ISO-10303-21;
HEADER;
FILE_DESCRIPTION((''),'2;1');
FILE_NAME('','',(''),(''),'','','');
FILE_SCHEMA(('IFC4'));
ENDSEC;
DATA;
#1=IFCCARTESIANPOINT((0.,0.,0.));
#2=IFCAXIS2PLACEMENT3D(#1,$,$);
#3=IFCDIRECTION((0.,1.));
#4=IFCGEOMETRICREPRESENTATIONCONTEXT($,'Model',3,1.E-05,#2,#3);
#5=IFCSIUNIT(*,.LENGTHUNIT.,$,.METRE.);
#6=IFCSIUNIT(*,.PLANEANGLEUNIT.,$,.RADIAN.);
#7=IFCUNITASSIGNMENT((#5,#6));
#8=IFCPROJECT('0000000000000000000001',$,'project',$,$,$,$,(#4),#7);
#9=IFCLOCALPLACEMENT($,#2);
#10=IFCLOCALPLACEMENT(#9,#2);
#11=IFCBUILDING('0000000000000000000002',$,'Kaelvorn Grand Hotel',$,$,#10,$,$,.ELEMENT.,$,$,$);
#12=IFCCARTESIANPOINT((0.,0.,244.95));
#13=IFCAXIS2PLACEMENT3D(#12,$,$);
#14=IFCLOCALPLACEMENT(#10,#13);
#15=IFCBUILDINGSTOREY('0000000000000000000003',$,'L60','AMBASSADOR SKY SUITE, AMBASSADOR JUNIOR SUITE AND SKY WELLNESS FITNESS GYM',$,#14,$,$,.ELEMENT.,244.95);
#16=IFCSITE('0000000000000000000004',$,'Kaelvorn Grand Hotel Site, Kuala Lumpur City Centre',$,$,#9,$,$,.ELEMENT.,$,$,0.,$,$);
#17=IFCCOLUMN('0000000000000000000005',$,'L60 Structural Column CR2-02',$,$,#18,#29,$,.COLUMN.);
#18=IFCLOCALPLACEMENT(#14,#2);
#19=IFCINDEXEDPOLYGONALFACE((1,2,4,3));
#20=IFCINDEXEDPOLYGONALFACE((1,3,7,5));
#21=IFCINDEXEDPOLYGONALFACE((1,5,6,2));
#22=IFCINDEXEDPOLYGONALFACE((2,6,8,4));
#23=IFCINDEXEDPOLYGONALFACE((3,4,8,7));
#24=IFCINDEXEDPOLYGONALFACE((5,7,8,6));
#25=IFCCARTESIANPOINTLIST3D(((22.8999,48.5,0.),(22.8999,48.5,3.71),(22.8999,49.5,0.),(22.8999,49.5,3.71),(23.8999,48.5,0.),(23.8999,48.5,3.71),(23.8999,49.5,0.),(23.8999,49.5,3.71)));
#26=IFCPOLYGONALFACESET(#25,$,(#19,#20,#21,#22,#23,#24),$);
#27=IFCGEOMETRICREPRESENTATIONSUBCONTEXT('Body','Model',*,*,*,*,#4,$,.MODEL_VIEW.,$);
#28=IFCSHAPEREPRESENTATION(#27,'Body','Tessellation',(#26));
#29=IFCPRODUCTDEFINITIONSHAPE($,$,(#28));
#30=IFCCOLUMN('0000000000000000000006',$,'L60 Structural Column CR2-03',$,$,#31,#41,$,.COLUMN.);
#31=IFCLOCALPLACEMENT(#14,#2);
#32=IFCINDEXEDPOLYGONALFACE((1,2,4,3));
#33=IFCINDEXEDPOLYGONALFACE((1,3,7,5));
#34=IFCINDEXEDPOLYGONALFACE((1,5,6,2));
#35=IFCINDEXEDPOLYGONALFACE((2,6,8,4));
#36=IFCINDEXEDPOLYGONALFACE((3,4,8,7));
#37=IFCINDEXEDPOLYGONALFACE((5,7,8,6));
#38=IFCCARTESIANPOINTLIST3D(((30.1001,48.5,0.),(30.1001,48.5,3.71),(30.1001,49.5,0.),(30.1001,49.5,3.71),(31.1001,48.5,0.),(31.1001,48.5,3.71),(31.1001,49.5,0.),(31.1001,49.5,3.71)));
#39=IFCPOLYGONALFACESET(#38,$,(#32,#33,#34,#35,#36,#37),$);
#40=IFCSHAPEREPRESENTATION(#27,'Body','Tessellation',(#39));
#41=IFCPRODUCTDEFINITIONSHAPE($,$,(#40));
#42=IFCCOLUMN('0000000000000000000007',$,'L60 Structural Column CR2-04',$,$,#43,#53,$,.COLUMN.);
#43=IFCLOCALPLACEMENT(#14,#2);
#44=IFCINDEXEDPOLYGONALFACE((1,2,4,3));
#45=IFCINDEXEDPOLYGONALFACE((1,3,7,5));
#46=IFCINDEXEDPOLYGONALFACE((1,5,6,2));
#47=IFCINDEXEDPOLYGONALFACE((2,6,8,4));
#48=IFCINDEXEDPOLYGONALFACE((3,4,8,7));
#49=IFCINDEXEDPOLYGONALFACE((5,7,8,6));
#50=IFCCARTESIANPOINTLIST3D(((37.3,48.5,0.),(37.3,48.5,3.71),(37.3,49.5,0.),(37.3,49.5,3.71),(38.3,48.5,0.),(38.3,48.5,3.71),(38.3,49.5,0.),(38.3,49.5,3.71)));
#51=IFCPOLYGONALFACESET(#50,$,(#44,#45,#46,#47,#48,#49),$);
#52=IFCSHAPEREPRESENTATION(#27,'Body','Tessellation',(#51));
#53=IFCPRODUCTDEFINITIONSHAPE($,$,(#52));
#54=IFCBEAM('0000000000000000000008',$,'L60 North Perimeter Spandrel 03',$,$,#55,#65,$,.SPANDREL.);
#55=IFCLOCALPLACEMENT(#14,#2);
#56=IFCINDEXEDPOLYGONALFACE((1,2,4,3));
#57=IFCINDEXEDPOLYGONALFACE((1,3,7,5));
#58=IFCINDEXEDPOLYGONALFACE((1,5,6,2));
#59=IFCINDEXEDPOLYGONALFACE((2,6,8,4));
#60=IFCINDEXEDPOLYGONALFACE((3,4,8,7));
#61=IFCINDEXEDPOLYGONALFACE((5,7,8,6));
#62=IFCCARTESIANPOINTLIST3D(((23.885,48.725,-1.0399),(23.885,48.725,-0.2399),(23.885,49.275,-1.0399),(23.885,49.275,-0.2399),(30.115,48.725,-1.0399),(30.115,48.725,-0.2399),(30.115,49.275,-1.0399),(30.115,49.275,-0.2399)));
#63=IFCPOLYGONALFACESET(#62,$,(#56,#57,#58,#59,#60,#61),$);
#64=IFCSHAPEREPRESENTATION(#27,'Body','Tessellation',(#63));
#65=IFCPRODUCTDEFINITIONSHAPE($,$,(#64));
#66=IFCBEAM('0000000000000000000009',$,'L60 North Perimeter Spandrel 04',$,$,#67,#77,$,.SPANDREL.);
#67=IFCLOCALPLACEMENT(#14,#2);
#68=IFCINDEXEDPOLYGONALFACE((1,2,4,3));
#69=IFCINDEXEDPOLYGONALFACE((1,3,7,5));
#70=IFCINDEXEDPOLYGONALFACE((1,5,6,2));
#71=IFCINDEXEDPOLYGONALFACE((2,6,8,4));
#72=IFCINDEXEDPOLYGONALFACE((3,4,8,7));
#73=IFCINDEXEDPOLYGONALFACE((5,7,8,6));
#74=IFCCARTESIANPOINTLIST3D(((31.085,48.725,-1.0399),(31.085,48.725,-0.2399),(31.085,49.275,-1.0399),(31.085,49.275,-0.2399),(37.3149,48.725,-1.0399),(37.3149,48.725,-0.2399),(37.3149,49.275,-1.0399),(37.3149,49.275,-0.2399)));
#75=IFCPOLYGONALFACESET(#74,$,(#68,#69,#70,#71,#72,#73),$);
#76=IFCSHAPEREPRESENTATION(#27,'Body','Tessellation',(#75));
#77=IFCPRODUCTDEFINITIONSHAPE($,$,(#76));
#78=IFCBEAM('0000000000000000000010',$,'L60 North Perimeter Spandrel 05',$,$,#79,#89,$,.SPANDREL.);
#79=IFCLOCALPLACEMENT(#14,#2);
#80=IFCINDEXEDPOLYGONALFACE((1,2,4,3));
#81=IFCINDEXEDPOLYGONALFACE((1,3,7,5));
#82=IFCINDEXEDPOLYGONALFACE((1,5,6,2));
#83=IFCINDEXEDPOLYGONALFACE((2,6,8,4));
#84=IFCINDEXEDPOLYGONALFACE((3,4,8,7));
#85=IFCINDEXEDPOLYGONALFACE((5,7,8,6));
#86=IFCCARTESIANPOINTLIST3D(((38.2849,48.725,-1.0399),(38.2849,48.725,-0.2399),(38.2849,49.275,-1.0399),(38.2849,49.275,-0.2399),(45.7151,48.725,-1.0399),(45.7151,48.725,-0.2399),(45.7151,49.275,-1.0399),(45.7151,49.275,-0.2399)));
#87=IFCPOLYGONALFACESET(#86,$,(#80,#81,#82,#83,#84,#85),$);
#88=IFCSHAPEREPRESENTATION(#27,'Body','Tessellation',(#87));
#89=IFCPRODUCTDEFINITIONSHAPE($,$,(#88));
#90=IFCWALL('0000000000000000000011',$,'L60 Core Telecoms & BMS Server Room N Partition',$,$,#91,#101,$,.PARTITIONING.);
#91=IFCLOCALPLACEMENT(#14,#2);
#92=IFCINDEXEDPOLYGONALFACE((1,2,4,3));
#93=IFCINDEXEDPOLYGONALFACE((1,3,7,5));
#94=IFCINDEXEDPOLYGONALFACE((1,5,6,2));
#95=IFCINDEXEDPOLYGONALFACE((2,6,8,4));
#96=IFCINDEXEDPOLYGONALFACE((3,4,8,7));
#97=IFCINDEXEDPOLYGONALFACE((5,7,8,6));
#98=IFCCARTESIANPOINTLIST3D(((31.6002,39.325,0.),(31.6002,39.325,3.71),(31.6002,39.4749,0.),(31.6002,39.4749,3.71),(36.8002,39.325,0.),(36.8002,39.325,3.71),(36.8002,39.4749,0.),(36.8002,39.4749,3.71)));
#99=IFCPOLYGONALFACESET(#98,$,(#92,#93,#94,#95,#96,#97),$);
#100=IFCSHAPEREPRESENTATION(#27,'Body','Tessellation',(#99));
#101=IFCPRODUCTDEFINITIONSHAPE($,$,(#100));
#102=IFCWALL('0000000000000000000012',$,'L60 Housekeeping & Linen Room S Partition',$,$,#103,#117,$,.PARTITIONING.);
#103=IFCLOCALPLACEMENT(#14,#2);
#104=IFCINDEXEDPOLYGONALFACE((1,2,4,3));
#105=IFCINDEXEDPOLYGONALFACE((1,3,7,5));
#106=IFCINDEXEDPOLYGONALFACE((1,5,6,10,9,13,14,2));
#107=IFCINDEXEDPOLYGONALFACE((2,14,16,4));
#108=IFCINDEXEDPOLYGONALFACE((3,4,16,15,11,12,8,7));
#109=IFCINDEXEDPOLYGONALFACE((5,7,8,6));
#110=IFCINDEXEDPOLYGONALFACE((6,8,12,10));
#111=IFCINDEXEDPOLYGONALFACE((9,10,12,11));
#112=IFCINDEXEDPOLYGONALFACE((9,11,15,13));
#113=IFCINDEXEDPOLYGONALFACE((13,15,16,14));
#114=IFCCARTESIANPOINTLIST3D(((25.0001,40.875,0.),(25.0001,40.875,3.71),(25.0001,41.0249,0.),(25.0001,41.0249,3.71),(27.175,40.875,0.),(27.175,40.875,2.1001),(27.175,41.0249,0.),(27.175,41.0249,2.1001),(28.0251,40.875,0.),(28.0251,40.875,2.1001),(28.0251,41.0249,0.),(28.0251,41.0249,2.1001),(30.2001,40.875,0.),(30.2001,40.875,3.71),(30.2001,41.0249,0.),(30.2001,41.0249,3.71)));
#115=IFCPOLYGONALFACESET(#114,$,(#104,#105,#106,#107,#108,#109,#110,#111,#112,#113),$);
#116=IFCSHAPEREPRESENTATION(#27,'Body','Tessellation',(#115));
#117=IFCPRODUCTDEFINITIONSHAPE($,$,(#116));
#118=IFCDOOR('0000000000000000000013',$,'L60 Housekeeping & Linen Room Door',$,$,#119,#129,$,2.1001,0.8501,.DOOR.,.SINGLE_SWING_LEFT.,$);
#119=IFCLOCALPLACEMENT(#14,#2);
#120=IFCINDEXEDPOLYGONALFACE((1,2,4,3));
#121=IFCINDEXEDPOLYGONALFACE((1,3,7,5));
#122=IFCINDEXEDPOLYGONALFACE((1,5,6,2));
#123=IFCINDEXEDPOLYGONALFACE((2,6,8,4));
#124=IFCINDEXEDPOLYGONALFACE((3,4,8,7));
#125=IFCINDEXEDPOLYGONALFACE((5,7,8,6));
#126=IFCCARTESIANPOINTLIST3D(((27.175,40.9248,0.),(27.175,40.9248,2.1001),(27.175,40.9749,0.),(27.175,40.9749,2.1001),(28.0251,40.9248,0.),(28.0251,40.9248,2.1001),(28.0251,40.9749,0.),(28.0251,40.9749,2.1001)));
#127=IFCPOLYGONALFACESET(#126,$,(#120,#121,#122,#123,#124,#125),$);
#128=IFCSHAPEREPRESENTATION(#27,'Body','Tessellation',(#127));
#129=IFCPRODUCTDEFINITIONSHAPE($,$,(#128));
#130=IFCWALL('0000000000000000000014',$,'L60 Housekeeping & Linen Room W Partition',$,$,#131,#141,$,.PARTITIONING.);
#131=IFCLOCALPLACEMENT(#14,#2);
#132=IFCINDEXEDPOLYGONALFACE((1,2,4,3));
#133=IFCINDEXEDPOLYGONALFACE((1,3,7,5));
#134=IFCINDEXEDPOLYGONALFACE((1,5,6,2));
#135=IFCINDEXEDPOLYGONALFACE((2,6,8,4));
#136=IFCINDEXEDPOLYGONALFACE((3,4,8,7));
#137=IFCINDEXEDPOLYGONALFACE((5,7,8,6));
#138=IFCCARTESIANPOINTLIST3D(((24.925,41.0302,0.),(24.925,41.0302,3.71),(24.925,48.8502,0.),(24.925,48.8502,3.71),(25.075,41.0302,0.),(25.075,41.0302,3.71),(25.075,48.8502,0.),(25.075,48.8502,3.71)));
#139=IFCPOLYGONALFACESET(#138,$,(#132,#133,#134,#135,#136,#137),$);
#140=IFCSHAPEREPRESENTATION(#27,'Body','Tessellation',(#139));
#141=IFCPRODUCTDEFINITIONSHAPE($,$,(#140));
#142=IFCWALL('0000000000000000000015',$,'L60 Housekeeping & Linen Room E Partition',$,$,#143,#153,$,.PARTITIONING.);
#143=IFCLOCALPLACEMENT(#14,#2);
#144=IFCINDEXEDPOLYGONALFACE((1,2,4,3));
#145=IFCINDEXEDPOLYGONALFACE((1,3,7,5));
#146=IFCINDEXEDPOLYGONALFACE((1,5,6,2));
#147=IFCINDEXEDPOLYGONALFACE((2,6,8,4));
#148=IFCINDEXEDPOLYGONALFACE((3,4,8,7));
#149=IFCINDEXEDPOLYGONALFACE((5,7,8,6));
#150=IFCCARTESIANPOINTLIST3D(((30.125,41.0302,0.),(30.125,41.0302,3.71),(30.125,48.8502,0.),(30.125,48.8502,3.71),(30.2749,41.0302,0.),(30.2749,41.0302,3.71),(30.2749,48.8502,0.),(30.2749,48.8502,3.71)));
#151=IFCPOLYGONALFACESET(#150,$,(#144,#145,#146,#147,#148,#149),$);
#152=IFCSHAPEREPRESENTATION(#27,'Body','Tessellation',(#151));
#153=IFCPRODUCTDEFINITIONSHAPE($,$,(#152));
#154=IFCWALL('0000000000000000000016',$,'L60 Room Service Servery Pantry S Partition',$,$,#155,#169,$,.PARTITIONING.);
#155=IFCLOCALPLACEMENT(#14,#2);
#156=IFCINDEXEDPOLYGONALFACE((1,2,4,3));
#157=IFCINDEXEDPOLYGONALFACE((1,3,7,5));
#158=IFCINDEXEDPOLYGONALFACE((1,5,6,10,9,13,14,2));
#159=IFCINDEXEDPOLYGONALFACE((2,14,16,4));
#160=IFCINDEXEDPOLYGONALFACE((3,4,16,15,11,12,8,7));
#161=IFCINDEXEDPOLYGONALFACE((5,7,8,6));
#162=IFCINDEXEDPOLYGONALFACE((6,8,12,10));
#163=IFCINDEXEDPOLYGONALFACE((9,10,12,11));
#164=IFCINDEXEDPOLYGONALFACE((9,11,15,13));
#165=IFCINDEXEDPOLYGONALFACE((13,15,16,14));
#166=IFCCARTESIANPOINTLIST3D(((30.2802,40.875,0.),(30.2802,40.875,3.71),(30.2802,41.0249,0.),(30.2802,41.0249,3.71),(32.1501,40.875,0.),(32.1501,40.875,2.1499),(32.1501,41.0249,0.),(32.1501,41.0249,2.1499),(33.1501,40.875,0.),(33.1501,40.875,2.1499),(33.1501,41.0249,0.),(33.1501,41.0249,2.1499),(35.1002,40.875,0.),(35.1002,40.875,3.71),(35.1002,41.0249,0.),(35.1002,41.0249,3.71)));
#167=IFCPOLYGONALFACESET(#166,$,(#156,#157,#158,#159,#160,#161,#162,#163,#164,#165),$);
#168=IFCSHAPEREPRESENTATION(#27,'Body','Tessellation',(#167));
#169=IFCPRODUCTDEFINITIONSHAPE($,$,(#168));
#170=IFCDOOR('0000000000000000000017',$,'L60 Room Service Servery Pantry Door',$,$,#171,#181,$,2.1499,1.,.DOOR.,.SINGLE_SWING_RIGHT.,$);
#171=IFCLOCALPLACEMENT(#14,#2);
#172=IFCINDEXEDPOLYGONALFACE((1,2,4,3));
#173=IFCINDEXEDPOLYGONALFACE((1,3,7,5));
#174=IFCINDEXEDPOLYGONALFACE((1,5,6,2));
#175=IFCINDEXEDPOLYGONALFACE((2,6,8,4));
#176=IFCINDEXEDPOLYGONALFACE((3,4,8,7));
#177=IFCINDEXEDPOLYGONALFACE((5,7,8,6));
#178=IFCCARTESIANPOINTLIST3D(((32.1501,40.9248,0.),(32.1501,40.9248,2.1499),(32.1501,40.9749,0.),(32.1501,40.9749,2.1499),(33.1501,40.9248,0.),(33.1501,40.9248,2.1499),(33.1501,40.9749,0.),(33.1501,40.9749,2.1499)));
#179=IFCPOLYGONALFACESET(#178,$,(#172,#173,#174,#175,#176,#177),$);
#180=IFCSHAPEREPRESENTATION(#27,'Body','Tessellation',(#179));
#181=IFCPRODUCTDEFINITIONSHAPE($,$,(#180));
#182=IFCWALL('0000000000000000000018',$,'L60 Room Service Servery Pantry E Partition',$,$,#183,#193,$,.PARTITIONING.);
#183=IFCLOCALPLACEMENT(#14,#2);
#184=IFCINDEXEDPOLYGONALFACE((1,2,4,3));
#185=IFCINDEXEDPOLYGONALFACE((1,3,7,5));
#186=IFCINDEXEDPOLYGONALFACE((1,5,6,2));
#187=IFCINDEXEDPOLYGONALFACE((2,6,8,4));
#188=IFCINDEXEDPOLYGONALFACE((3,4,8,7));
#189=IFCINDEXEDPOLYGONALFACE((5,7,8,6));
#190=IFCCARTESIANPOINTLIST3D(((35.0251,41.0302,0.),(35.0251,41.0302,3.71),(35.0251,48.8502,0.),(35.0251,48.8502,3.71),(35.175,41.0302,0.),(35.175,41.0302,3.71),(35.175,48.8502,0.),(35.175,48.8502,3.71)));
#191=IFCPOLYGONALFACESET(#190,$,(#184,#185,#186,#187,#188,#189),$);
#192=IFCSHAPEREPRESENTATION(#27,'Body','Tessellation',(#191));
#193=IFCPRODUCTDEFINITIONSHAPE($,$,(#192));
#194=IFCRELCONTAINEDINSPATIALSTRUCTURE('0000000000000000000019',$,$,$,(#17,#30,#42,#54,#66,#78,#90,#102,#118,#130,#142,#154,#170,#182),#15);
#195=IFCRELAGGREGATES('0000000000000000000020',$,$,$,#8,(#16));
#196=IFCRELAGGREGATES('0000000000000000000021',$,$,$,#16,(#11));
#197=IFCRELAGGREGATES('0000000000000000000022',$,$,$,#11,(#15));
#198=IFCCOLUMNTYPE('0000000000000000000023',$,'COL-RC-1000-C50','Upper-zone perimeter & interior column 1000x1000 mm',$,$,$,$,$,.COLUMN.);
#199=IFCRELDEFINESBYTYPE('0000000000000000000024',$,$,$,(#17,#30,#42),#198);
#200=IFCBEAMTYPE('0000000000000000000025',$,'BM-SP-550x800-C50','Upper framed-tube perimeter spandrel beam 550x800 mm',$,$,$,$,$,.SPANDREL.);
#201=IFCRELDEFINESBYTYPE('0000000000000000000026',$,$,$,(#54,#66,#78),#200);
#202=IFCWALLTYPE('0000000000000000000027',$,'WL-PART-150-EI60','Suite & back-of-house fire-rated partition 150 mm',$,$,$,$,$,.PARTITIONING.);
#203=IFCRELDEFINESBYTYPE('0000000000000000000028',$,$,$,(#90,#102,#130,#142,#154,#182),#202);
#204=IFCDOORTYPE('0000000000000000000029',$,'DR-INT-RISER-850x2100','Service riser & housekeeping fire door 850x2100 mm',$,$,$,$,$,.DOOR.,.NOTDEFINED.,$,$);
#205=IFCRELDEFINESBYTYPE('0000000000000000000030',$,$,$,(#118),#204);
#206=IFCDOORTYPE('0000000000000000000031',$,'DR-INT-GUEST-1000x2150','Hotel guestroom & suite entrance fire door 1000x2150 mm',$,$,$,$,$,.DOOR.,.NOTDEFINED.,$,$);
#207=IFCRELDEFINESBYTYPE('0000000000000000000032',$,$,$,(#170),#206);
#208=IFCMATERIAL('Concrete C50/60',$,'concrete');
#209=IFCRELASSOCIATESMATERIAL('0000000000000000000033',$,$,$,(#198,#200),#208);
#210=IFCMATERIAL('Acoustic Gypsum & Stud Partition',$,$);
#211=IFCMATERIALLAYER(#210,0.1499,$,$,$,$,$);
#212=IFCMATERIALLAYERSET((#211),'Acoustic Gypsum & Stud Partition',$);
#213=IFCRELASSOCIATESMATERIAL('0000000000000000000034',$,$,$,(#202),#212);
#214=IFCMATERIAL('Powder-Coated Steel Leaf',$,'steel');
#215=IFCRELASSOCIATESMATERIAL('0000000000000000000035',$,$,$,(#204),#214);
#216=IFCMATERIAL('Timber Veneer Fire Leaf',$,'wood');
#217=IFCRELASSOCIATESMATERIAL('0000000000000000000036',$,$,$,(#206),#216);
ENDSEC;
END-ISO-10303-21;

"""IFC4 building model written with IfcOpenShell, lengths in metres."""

from ifc_helpers import new_model, si_unit, direction, frame, frame_2d, origin, origin_2d, place, context, subcontext, project, spatial, rectangle, extrude, material, layer, layer_set, material_profile, profile_set, type_object, element, fill, save


model = new_model("IFC4")

# Units and contexts
model_context = context("Model", 3, precision=1e-05, world=origin(), true_north=direction((0.0, 1.0)))
body_context = subcontext(model_context, "Body", "Model", "MODEL_VIEW")
ifc_project = project(units=[si_unit("LENGTHUNIT", "METRE"), si_unit("PLANEANGLEUNIT", "RADIAN")], contexts=[model_context])

# Site, building, storey
site_placement = place(None, origin())
site = spatial("IfcSite", under=ifc_project, at=site_placement, Name="Kaelvorn Grand Hotel Site, Kuala Lumpur City Centre", CompositionType="ELEMENT", RefElevation=0.0)
building_placement = place(site_placement, origin())
building = spatial("IfcBuilding", under=site, at=building_placement, Name="Kaelvorn Grand Hotel", CompositionType="ELEMENT")
storey_placement = place(building_placement, frame((0.0, 0.0, 244.95)))
storey = spatial("IfcBuildingStorey", under=building, at=storey_placement, Name="L60", Description="AMBASSADOR SKY SUITE, AMBASSADOR JUNIOR SUITE AND SKY WELLNESS FITNESS GYM", CompositionType="ELEMENT", Elevation=244.95)

# Columns
ifc_material_1 = material(Name="Concrete C50/60", Category="concrete")
ifc_material_profile_1 = material_profile(ifc_material_1, rectangle(XDim=1.0, YDim=1.0, at=origin_2d()), Name="RC COL 1000x1000")
ifc_profile_set_1 = profile_set([ifc_material_profile_1], Name="Concrete C50/60")
column_type = type_object("IfcColumnType", Name="COL-RC-1000-C50", Description="Upper-zone perimeter & interior column 1000x1000 mm", PredefinedType="COLUMN", material=ifc_profile_set_1)
for number, where, z_axis, x_axis, name in (
    (1, (23.3999, 49.0, 0.0), (0.0, 0.0, 1.0), (1.0, 0.0, 0.0), "L60 Structural Column CR2-02"),
    (2, (30.6001, 49.0, 0.0), (0.0, 0.0, 1.0), (1.0, 0.0, 0.0), "L60 Structural Column CR2-03"),
    (3, (37.8, 49.0, 0.0), (0.0, 0.0, 1.0), (1.0, 0.0, 0.0), "L60 Structural Column CR2-04"),
):
    element("IfcColumn", number, at=place(storey_placement, frame(where, z_axis=z_axis, x_axis=x_axis)), inside=storey, type_object=column_type, Name=name, PredefinedType="COLUMN", context=body_context, shape_type="SweptSolid", body=[
        extrude(rectangle(XDim=1.0, YDim=1.0, at=origin_2d()), origin(), (0.0, 0.0, 1.0), 3.71),
    ])

# Beams
ifc_material_profile_2 = material_profile(ifc_material_1, rectangle(XDim=0.55, YDim=0.8, at=origin_2d()), Name="RC SPANDREL 550x800")
ifc_profile_set_2 = profile_set([ifc_material_profile_2], Name="Concrete C50/60")
beam_type = type_object("IfcBeamType", Name="BM-SP-550x800-C50", Description="Upper framed-tube perimeter spandrel beam 550x800 mm", PredefinedType="SPANDREL", material=ifc_profile_set_2)
for number, where, z_axis, x_axis, name in (
    (4, (23.885, 49.0, -0.6399), (1.0, 0.0, 0.0), (0.0, 1.0, 0.0), "L60 North Perimeter Spandrel 03"),
    (5, (31.085, 49.0, -0.6399), (1.0, 0.0, 0.0), (0.0, 1.0, 0.0), "L60 North Perimeter Spandrel 04"),
):
    element("IfcBeam", number, at=place(storey_placement, frame(where, z_axis=z_axis, x_axis=x_axis)), inside=storey, type_object=beam_type, Name=name, PredefinedType="SPANDREL", context=body_context, shape_type="SweptSolid", body=[
        extrude(rectangle(XDim=0.55, YDim=0.8, at=origin_2d()), origin(), (0.0, 0.0, 1.0), 6.23),
    ])
beam_placement = place(storey_placement, frame((38.2849, 49.0, -0.6399), z_axis=(1.0, 0.0, 0.0), x_axis=(0.0, 1.0, 0.0)))
element("IfcBeam", 6, at=beam_placement, inside=storey, type_object=beam_type, Name="L60 North Perimeter Spandrel 05", PredefinedType="SPANDREL", context=body_context, shape_type="SweptSolid", body=[
    extrude(rectangle(XDim=0.55, YDim=0.8, at=origin_2d()), origin(), (0.0, 0.0, 1.0), 7.4302),
])

# Wall
ifc_material_2 = material(Name="Acoustic Gypsum & Stud Partition")
ifc_layer_1 = layer(ifc_material_2, 0.1499)
ifc_layer_set_1 = layer_set([ifc_layer_1], Name="Acoustic Gypsum & Stud Partition")
wall_type_1 = type_object("IfcWallType", Name="WL-PART-150-EI60", Description="Suite & back-of-house fire-rated partition 150 mm", PredefinedType="PARTITIONING", material=ifc_layer_set_1)
wall_1_placement = place(storey_placement, frame((31.6001, 39.3999, 0.0), z_axis=(0.0, 0.0, 1.0), x_axis=(1.0, 0.0, 0.0)))
element("IfcWall", 7, at=wall_1_placement, inside=storey, type_object=wall_type_1, Name="L60 Core Telecoms & BMS Server Room N Partition", PredefinedType="PARTITIONING", context=body_context, shape_type="SweptSolid", body=[
    extrude(rectangle(XDim=5.2, YDim=0.1499, at=frame_2d((2.6001, 0.0))), origin(), (0.0, 0.0, 1.0), 3.71),
])

# Wall, opening, door
wall_2_placement = place(storey_placement, frame((25.0, 40.95, 0.0), z_axis=(0.0, 0.0, 1.0), x_axis=(1.0, 0.0, 0.0)))
wall_2 = element("IfcWall", 8, at=wall_2_placement, inside=storey, type_object=wall_type_1, Name="L60 Housekeeping & Linen Room S Partition", PredefinedType="PARTITIONING", context=body_context, shape_type="SweptSolid", body=[
    extrude(rectangle(XDim=5.2, YDim=0.1499, at=frame_2d((2.6001, 0.0))), origin(), (0.0, 0.0, 1.0), 3.71),
])
opening_1_placement = place(wall_2_placement, frame((2.175, 0.0, 0.0)))
opening_1 = element("IfcOpeningElement", 9, at=opening_1_placement, cuts=wall_2, PredefinedType="OPENING", context=body_context, shape_type="SweptSolid", body=[
    extrude(rectangle(XDim=0.8501, YDim=2.1001, at=frame_2d((0.425, 1.05))), frame((0.0, 0.085, 0.0), z_axis=(0.0, -1.0, 0.0), x_axis=(1.0, 0.0, 0.0)), (0.0, 0.0, 1.0), 0.1699),
])
ifc_material_3 = material(Name="Powder-Coated Steel Leaf", Category="steel")
door_type_1 = type_object("IfcDoorType", Name="DR-INT-RISER-850x2100", Description="Service riser & housekeeping fire door 850x2100 mm", OperationType="NOTDEFINED", PredefinedType="DOOR", material=ifc_material_3)
door_1_placement = place(opening_1_placement, origin())
door_1 = element("IfcDoor", 10, at=door_1_placement, inside=storey, type_object=door_type_1, Name="L60 Housekeeping & Linen Room Door", OperationType="SINGLE_SWING_LEFT", OverallHeight=2.1001, OverallWidth=0.8501, PredefinedType="DOOR", context=body_context, shape_type="SweptSolid", body=[
    extrude(rectangle(XDim=0.8501, YDim=2.1001, at=frame_2d((0.425, 1.05))), frame((0.0, 0.0249, 0.0), z_axis=(0.0, -1.0, 0.0), x_axis=(1.0, 0.0, 0.0)), (0.0, 0.0, 1.0), 0.05),
])
fill(opening_1, door_1)

# Walls
for number, where, z_axis, x_axis, name in (
    (11, (25.0, 41.03, 0.0), (0.0, 0.0, 1.0), (0.0, 1.0, 0.0), "L60 Housekeeping & Linen Room W Partition"),
    (12, (30.2, 41.03, 0.0), (0.0, 0.0, 1.0), (0.0, 1.0, 0.0), "L60 Housekeeping & Linen Room E Partition"),
):
    element("IfcWall", number, at=place(storey_placement, frame(where, z_axis=z_axis, x_axis=x_axis)), inside=storey, type_object=wall_type_1, Name=name, PredefinedType="PARTITIONING", context=body_context, shape_type="SweptSolid", body=[
        extrude(rectangle(XDim=7.8201, YDim=0.1499, at=frame_2d((3.9102, 0.0))), origin(), (0.0, 0.0, 1.0), 3.71),
    ])

# Wall, opening, door
wall_3_placement = place(storey_placement, frame((30.28, 40.95, 0.0), z_axis=(0.0, 0.0, 1.0), x_axis=(1.0, 0.0, 0.0)))
wall_3 = element("IfcWall", 13, at=wall_3_placement, inside=storey, type_object=wall_type_1, Name="L60 Room Service Servery Pantry S Partition", PredefinedType="PARTITIONING", context=body_context, shape_type="SweptSolid", body=[
    extrude(rectangle(XDim=4.8201, YDim=0.1499, at=frame_2d((2.4102, 0.0))), origin(), (0.0, 0.0, 1.0), 3.71),
])
opening_2_placement = place(wall_3_placement, frame((1.8701, 0.0, 0.0)))
opening_2 = element("IfcOpeningElement", 14, at=opening_2_placement, cuts=wall_3, PredefinedType="OPENING", context=body_context, shape_type="SweptSolid", body=[
    extrude(rectangle(XDim=1.0, YDim=2.1499, at=frame_2d((0.5, 1.075))), frame((0.0, 0.085, 0.0), z_axis=(0.0, -1.0, 0.0), x_axis=(1.0, 0.0, 0.0)), (0.0, 0.0, 1.0), 0.1699),
])
ifc_material_4 = material(Name="Timber Veneer Fire Leaf", Category="wood")
door_type_2 = type_object("IfcDoorType", Name="DR-INT-GUEST-1000x2150", Description="Hotel guestroom & suite entrance fire door 1000x2150 mm", OperationType="NOTDEFINED", PredefinedType="DOOR", material=ifc_material_4)
door_2_placement = place(opening_2_placement, origin())
door_2 = element("IfcDoor", 15, at=door_2_placement, inside=storey, type_object=door_type_2, Name="L60 Room Service Servery Pantry Door", OperationType="SINGLE_SWING_RIGHT", OverallHeight=2.1499, OverallWidth=1.0, PredefinedType="DOOR", context=body_context, shape_type="SweptSolid", body=[
    extrude(rectangle(XDim=1.0, YDim=2.1499, at=frame_2d((0.5, 1.075))), frame((0.0, 0.0249, 0.0), z_axis=(0.0, -1.0, 0.0), x_axis=(1.0, 0.0, 0.0)), (0.0, 0.0, 1.0), 0.05),
])
fill(opening_2, door_2)

# Wall
wall_4_placement = place(storey_placement, frame((35.1001, 41.03, 0.0), z_axis=(0.0, 0.0, 1.0), x_axis=(0.0, 1.0, 0.0)))
element("IfcWall", 16, at=wall_4_placement, inside=storey, type_object=wall_type_1, Name="L60 Room Service Servery Pantry E Partition", PredefinedType="PARTITIONING", context=body_context, shape_type="SweptSolid", body=[
    extrude(rectangle(XDim=7.8201, YDim=0.1499, at=frame_2d((3.9102, 0.0))), origin(), (0.0, 0.0, 1.0), 3.71),
])

save(model, "model.ifc")
